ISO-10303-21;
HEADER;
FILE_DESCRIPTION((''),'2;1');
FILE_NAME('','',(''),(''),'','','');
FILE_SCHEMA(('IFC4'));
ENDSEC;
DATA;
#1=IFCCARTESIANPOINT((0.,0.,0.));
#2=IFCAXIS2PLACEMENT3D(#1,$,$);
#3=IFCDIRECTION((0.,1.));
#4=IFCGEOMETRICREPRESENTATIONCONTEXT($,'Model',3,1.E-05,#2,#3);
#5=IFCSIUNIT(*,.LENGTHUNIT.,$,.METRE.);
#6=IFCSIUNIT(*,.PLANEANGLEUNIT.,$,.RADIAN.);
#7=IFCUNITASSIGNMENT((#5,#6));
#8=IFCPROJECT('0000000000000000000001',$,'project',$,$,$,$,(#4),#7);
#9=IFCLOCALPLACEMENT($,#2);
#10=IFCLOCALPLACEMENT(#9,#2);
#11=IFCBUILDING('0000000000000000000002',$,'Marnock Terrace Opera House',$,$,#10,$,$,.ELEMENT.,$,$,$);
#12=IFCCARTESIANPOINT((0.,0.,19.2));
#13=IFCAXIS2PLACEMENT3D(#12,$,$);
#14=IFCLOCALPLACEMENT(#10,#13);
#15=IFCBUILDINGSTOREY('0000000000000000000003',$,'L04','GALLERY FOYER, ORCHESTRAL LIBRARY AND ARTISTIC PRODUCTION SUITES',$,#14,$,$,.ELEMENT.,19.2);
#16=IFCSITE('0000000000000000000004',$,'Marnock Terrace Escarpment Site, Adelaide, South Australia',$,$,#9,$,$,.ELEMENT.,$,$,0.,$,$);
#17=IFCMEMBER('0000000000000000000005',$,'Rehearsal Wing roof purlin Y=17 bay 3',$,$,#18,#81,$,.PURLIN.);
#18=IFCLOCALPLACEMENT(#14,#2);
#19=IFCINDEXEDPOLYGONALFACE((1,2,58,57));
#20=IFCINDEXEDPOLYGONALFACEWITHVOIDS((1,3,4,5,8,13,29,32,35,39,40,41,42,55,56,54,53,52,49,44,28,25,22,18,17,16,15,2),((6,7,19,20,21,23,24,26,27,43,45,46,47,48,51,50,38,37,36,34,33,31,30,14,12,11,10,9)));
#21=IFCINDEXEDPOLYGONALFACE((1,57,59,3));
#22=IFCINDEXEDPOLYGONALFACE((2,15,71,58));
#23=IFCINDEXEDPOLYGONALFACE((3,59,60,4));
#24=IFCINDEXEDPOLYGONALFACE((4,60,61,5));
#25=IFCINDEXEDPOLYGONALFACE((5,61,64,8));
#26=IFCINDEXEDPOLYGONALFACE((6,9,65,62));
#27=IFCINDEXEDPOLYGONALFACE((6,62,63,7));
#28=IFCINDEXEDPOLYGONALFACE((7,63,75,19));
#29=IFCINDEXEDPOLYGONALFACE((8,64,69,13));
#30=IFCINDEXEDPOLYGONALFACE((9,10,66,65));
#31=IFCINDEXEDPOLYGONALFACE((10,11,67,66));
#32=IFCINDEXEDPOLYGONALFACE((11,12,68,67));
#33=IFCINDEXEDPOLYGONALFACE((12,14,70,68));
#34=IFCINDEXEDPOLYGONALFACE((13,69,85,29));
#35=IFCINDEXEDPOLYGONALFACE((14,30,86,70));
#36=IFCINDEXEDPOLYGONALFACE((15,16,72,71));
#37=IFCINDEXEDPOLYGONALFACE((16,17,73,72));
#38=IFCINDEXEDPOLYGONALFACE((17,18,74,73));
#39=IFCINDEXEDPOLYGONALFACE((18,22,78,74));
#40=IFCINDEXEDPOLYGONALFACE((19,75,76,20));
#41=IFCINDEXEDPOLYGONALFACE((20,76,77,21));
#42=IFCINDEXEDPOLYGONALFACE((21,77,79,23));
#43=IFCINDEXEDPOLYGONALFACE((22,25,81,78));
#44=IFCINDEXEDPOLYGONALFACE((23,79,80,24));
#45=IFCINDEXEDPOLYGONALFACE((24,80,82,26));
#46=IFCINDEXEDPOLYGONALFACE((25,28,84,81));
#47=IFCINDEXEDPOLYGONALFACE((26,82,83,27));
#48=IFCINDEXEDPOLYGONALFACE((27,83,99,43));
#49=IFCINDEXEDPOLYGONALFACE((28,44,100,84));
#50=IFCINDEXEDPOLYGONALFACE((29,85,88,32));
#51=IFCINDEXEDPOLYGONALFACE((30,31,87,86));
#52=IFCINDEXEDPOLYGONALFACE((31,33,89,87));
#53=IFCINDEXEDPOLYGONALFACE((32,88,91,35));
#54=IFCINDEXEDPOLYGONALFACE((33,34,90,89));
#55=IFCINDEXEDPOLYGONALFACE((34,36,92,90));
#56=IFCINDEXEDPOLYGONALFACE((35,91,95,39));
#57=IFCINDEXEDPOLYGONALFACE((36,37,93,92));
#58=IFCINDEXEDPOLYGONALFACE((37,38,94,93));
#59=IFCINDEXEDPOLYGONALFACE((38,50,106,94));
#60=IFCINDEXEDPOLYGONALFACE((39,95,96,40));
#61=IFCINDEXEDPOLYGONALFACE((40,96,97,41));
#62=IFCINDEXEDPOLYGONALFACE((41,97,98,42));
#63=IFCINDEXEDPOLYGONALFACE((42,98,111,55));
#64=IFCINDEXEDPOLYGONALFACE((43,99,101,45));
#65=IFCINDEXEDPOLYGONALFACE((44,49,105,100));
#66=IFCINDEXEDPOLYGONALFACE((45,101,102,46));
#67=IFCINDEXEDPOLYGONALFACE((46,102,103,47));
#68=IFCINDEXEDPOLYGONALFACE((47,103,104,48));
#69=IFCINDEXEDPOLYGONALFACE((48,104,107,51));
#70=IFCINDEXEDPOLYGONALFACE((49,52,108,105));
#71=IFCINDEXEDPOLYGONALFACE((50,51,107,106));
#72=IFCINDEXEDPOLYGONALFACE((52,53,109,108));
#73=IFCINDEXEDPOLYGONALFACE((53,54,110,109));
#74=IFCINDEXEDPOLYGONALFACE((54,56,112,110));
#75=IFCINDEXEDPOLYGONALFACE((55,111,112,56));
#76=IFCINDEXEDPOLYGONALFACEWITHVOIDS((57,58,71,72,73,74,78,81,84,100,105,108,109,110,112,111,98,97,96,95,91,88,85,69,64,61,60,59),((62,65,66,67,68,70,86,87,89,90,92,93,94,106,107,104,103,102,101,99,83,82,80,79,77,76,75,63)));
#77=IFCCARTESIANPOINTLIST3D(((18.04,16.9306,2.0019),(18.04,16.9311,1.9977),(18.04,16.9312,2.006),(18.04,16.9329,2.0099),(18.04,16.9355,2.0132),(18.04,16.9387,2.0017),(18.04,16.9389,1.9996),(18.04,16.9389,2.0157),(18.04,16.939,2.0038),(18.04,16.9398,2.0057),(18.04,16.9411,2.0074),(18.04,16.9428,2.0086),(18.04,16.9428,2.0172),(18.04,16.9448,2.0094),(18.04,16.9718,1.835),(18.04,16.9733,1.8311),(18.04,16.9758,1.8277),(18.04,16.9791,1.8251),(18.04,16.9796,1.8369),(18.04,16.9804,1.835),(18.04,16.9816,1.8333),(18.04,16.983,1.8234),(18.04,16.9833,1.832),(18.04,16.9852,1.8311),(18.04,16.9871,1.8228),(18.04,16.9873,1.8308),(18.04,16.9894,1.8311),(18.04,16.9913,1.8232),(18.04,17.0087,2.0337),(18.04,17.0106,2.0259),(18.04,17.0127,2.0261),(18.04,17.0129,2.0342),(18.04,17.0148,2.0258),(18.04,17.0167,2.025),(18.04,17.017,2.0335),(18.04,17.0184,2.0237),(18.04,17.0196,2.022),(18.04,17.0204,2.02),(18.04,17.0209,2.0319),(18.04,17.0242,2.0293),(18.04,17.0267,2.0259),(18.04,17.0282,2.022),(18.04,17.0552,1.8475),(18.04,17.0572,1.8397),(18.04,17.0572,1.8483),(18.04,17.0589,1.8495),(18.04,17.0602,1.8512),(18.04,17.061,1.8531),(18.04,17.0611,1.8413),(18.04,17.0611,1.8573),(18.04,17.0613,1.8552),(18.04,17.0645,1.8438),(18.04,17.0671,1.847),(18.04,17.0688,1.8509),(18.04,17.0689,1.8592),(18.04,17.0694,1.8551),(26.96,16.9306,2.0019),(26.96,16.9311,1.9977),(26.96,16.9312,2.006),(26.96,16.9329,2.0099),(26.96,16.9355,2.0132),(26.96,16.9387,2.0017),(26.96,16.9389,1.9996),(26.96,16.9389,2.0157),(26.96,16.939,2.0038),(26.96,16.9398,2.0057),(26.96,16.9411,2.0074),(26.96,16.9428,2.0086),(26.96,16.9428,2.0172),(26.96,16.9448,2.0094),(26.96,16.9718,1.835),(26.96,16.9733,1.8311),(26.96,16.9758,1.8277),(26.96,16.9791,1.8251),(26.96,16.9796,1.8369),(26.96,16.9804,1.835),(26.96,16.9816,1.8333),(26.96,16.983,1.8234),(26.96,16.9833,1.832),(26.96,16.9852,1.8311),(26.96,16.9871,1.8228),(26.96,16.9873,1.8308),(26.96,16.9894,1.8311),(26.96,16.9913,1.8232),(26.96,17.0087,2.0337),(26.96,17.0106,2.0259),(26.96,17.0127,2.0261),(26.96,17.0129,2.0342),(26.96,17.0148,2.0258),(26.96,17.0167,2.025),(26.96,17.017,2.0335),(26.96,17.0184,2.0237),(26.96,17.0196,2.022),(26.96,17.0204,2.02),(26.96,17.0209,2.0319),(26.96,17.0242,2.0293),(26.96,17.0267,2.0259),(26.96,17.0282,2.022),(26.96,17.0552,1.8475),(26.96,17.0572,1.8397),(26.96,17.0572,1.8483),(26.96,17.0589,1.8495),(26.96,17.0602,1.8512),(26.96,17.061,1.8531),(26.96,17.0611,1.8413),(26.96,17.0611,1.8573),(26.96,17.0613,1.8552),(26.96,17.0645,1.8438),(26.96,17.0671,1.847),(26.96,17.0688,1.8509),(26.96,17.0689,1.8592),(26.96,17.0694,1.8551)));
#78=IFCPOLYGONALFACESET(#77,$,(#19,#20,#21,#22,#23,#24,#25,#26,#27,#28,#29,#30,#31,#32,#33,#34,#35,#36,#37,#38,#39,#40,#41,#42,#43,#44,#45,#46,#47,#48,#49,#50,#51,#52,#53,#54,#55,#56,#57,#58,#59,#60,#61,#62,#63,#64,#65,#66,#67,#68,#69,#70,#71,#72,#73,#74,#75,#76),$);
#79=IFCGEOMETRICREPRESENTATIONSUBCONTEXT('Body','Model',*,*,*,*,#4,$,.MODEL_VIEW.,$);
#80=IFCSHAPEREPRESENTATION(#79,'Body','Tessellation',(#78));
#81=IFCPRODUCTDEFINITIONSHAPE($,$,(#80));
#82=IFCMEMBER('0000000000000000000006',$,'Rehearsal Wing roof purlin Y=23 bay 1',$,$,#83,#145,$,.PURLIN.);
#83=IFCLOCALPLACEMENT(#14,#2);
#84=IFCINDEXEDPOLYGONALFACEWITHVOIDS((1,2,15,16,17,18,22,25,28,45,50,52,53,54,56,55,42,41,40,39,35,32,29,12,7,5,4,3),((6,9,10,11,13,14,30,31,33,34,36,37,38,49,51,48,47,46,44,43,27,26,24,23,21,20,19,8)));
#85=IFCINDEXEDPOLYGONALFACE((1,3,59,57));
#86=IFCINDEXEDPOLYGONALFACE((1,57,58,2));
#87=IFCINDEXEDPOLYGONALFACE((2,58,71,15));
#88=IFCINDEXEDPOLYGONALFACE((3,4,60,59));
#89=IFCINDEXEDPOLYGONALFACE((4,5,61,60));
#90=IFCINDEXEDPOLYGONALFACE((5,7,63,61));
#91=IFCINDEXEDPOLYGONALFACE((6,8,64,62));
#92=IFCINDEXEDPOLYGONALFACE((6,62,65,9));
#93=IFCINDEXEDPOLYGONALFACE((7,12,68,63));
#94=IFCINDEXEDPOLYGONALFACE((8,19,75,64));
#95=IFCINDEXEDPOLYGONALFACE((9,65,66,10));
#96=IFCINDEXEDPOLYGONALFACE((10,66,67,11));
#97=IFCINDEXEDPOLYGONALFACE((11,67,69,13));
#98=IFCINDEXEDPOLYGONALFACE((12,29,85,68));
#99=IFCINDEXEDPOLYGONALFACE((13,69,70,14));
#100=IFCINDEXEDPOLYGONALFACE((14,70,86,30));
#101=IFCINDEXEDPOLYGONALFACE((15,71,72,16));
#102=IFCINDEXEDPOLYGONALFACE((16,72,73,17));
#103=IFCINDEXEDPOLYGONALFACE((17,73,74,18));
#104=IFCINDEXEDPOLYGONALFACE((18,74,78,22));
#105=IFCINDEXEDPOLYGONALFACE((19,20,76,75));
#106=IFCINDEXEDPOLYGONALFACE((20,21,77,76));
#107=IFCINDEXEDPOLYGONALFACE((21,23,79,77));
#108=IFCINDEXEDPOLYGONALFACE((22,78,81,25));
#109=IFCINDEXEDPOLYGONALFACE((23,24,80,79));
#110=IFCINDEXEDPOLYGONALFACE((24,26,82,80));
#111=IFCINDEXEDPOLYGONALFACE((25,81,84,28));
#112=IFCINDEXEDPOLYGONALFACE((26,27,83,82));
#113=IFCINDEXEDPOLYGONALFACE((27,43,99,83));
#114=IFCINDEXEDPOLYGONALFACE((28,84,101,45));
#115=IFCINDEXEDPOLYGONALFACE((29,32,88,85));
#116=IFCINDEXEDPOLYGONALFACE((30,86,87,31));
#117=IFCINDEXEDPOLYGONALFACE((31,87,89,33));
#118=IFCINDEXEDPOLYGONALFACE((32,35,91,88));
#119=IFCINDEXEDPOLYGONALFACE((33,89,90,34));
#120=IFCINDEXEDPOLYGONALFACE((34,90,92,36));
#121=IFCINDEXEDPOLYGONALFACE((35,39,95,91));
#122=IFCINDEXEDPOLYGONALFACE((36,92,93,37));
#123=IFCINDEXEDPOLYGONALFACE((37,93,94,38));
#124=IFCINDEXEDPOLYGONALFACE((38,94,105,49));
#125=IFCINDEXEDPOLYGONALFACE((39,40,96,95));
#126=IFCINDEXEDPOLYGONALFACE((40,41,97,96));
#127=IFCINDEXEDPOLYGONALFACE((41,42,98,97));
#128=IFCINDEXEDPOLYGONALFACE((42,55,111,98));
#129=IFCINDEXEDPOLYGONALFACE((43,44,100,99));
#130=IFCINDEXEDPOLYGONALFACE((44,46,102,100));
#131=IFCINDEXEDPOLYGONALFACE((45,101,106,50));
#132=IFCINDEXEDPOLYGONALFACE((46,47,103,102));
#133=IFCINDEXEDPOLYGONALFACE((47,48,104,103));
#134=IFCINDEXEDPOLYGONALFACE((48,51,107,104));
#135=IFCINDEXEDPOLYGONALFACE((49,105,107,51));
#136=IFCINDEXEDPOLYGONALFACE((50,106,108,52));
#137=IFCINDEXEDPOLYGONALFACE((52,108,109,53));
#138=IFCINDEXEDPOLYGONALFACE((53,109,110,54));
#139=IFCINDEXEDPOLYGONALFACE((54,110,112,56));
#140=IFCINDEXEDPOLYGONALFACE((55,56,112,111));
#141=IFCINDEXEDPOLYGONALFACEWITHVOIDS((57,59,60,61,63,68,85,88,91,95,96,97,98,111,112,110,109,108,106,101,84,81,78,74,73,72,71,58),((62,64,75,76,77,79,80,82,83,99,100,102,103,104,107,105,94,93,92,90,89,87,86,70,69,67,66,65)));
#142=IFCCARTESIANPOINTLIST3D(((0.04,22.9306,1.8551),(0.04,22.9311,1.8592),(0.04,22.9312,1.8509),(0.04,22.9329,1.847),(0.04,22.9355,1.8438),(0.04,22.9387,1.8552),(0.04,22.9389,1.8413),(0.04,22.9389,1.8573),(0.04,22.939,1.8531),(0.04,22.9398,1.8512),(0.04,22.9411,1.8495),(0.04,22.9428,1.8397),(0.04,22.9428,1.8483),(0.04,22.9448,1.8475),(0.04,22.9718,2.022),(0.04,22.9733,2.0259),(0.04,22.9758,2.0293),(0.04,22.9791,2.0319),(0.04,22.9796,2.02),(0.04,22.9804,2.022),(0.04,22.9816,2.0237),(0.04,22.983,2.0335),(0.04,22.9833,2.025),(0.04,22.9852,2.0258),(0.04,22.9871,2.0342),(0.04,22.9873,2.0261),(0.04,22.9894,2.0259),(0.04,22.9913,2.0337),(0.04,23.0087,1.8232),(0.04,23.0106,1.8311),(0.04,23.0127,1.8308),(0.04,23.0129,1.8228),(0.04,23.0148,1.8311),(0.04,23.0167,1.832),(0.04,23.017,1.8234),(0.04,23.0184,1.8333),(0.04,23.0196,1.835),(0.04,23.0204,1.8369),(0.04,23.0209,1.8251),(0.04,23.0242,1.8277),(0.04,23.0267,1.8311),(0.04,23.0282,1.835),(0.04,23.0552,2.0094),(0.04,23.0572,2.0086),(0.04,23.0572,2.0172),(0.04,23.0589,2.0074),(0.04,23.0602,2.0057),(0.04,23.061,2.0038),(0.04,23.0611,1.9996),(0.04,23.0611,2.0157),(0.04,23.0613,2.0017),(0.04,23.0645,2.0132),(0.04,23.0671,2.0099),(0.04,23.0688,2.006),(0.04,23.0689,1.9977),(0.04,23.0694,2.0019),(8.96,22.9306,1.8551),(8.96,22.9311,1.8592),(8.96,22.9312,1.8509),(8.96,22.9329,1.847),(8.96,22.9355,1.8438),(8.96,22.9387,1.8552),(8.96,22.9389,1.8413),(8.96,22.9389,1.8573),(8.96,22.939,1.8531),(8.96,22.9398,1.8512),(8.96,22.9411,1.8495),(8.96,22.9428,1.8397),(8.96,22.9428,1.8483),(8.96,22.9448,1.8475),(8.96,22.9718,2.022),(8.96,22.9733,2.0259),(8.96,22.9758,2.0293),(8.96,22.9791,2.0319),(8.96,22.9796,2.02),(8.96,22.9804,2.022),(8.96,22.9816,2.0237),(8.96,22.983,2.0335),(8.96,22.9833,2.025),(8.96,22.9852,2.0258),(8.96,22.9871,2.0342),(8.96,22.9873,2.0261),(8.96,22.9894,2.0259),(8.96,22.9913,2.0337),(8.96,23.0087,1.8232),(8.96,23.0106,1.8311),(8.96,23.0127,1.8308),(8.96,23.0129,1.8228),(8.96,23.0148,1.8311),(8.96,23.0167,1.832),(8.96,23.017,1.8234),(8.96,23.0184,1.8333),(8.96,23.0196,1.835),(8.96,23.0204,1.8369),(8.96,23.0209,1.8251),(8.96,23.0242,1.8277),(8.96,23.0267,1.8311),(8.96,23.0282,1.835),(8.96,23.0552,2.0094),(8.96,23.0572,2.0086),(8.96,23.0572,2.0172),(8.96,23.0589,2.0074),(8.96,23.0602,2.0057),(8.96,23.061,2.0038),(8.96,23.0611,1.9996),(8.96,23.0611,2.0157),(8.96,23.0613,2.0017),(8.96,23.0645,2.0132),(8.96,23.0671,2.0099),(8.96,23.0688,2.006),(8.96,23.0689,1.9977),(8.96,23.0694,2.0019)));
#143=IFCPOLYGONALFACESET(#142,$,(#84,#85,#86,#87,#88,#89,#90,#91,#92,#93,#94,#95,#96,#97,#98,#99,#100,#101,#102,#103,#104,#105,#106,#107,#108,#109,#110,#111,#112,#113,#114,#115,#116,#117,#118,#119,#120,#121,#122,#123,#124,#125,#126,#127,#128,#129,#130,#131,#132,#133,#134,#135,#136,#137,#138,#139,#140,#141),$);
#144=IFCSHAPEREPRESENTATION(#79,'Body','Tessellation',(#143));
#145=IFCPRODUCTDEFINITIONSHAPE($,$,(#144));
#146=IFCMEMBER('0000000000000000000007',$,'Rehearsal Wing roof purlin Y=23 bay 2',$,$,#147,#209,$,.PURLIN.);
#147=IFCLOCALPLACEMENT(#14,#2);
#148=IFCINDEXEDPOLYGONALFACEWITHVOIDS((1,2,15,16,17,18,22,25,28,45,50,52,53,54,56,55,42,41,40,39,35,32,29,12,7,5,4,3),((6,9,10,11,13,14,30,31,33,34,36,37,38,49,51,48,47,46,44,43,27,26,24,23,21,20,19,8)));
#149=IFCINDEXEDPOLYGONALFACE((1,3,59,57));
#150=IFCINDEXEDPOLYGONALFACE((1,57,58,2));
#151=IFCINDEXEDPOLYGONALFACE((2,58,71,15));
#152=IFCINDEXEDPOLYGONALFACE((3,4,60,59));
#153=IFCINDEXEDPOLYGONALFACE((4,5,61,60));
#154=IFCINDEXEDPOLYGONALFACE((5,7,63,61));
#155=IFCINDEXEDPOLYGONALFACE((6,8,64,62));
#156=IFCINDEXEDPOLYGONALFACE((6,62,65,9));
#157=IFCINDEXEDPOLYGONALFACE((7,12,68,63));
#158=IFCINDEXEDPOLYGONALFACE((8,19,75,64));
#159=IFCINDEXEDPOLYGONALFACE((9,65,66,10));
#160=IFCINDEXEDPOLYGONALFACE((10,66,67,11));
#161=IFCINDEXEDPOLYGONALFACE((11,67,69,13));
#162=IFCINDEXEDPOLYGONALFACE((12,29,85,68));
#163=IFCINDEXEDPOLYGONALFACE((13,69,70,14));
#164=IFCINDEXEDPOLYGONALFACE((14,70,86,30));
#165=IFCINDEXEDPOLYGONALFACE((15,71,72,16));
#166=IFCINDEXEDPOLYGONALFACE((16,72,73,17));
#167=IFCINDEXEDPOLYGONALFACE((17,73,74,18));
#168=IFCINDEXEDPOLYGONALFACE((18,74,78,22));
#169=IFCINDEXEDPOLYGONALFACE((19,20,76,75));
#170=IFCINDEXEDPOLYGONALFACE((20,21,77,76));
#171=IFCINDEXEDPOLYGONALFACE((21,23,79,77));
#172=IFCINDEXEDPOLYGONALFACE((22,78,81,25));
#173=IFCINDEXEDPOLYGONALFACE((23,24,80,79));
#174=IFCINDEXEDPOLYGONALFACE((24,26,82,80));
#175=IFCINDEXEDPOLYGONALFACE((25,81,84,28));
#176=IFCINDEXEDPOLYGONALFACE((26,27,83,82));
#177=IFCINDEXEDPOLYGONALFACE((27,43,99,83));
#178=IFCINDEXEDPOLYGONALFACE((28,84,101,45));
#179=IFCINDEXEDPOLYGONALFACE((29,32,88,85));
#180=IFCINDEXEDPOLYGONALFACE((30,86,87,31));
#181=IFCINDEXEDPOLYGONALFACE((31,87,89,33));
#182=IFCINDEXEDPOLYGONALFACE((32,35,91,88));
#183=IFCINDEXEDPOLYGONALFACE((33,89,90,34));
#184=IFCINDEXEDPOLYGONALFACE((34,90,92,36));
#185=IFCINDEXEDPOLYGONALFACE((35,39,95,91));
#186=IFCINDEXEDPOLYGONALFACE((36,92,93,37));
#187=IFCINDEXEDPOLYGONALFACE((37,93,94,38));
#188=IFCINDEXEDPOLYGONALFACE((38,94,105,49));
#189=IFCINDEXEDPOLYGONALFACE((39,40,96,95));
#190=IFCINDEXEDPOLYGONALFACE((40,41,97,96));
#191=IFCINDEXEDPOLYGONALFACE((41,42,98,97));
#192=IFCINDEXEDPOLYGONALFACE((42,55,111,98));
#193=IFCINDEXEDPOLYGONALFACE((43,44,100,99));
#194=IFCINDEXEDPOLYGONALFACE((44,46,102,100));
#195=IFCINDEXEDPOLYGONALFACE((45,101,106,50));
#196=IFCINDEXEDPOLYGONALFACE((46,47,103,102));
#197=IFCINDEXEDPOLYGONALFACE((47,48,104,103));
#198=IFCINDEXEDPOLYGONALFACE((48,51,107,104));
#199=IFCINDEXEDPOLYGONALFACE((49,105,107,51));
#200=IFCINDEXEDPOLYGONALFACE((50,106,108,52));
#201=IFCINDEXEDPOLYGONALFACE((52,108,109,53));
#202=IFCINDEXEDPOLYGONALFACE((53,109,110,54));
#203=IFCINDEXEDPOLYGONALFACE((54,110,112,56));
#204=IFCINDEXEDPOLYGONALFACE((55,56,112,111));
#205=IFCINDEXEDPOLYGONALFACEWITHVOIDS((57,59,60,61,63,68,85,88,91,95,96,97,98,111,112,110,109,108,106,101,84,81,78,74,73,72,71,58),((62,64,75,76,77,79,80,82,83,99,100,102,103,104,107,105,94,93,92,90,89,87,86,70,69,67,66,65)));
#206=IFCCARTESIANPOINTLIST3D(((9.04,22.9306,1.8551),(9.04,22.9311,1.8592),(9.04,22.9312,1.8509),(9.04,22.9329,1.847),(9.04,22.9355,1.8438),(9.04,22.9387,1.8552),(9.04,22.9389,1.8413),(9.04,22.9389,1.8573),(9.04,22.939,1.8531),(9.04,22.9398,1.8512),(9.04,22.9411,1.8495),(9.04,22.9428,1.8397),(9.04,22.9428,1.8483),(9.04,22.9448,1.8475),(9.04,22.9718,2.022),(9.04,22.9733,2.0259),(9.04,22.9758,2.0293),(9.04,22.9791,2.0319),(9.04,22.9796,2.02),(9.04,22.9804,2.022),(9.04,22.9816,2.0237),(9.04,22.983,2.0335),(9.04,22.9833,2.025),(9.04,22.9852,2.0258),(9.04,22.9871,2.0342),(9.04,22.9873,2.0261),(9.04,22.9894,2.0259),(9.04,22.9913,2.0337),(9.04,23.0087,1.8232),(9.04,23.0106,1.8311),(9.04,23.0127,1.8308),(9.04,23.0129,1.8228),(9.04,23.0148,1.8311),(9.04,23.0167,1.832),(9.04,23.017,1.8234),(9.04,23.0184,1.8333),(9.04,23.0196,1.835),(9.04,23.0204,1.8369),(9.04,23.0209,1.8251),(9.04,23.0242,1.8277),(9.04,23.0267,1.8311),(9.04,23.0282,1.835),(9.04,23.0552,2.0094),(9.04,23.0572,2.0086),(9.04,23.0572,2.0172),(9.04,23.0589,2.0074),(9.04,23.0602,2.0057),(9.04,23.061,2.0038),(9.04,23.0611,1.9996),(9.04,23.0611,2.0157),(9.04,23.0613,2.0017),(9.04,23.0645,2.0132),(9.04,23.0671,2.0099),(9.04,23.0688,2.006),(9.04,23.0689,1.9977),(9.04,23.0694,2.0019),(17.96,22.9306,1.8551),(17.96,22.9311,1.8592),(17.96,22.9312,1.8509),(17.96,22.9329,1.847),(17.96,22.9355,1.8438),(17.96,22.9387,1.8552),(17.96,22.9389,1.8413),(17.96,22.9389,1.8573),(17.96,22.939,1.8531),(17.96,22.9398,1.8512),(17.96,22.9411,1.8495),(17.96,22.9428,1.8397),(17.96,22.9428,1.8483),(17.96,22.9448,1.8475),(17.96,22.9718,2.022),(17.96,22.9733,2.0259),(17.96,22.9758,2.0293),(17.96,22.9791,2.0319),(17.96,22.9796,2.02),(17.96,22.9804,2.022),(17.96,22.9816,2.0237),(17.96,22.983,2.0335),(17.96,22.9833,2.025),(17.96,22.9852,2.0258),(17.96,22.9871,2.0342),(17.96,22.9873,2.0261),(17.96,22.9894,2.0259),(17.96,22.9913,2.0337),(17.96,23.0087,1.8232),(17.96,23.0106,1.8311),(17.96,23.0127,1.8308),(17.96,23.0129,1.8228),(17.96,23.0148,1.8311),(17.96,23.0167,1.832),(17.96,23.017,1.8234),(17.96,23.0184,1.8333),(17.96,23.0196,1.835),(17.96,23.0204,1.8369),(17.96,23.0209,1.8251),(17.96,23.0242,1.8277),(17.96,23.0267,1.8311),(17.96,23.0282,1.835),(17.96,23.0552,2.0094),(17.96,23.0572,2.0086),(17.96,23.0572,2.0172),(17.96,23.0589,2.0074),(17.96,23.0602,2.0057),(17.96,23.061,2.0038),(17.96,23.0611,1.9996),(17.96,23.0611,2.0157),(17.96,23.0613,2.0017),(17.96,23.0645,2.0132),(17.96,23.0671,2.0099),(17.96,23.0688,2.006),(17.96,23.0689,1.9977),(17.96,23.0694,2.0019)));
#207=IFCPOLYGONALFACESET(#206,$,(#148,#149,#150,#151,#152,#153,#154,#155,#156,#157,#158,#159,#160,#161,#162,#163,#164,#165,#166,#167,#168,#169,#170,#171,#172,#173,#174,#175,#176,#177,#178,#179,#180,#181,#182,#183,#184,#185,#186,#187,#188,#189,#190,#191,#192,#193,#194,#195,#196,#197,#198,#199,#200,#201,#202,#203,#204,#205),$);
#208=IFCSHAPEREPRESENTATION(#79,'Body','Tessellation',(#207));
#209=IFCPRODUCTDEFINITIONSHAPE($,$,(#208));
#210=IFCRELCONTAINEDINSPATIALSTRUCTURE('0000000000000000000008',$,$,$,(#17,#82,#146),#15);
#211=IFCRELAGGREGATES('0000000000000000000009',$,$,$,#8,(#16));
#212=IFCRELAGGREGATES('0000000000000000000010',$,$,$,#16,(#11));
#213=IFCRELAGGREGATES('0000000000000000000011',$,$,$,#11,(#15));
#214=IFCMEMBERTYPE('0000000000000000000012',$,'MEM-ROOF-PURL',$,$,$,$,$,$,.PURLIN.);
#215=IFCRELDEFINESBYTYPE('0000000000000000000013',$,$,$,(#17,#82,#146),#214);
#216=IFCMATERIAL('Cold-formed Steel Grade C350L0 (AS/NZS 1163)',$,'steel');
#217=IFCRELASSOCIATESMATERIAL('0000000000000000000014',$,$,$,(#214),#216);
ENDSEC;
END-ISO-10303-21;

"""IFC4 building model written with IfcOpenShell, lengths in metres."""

from ifc_helpers import new_model, si_unit, direction, frame, origin, origin_2d, place, context, subcontext, project, spatial, hollow_rectangle, extrude, material, material_profile, profile_set, type_object, element, save


model = new_model("IFC4")

# Units and contexts
model_context = context("Model", 3, precision=1e-05, world=origin(), true_north=direction((0.0, 1.0)))
body_context = subcontext(model_context, "Body", "Model", "MODEL_VIEW")
ifc_project = project(units=[si_unit("LENGTHUNIT", "METRE"), si_unit("PLANEANGLEUNIT", "RADIAN")], contexts=[model_context])

# Site, building, storey
site_placement = place(None, origin())
site = spatial("IfcSite", under=ifc_project, at=site_placement, Name="Marnock Terrace Escarpment Site, Adelaide, South Australia", CompositionType="ELEMENT", RefElevation=0.0)
building_placement = place(site_placement, origin())
building = spatial("IfcBuilding", under=site, at=building_placement, Name="Marnock Terrace Opera House", CompositionType="ELEMENT")
storey_placement = place(building_placement, frame((0.0, 0.0, 19.2)))
storey = spatial("IfcBuildingStorey", under=building, at=storey_placement, Name="L04", Description="GALLERY FOYER, ORCHESTRAL LIBRARY AND ARTISTIC PRODUCTION SUITES", CompositionType="ELEMENT", Elevation=19.2)

# Members
ifc_material_1 = material(Name="Cold-formed Steel Grade C350L0 (AS/NZS 1163)", Category="steel")
ifc_material_profile_1 = material_profile(ifc_material_1, hollow_rectangle(XDim=0.1001, YDim=0.2, WallThickness=0.0081, InnerFilletRadius=0.0081, OuterFilletRadius=0.0161, at=origin_2d()))
ifc_profile_set_1 = profile_set([ifc_material_profile_1], Name="Cold-formed Steel Grade C350L0 (AS/NZS 1163)")
member_type_1 = type_object("IfcMemberType", Name="MEM-ROOF-PURL", PredefinedType="PURLIN", material=ifc_profile_set_1)
for number, where, z_axis, x_axis, name in (
    (1, (18.04, 17.0, 1.9285), (1.0, 0.0, 0.0), (0.0, 0.970143, 0.242535), "Rehearsal Wing roof purlin Y=17 bay 3"),
    (2, (0.04, 23.0, 1.9285), (1.0, 0.0, 0.0), (0.0, 0.970143, -0.242535), "Rehearsal Wing roof purlin Y=23 bay 1"),
    (3, (9.04, 23.0, 1.9285), (1.0, 0.0, 0.0), (0.0, 0.970143, -0.242535), "Rehearsal Wing roof purlin Y=23 bay 2"),
):
    element("IfcMember", number, at=place(storey_placement, frame(where, z_axis=z_axis, x_axis=x_axis)), inside=storey, type_object=member_type_1, Name=name, PredefinedType="PURLIN", context=body_context, shape_type="SweptSolid", body=[
        extrude(hollow_rectangle(XDim=0.1001, YDim=0.2, WallThickness=0.0081, InnerFilletRadius=0.0081, OuterFilletRadius=0.0161, at=origin_2d()), origin(), (0.0, 0.0, 1.0), 8.9199),
    ])

save(model, "model.ifc")
